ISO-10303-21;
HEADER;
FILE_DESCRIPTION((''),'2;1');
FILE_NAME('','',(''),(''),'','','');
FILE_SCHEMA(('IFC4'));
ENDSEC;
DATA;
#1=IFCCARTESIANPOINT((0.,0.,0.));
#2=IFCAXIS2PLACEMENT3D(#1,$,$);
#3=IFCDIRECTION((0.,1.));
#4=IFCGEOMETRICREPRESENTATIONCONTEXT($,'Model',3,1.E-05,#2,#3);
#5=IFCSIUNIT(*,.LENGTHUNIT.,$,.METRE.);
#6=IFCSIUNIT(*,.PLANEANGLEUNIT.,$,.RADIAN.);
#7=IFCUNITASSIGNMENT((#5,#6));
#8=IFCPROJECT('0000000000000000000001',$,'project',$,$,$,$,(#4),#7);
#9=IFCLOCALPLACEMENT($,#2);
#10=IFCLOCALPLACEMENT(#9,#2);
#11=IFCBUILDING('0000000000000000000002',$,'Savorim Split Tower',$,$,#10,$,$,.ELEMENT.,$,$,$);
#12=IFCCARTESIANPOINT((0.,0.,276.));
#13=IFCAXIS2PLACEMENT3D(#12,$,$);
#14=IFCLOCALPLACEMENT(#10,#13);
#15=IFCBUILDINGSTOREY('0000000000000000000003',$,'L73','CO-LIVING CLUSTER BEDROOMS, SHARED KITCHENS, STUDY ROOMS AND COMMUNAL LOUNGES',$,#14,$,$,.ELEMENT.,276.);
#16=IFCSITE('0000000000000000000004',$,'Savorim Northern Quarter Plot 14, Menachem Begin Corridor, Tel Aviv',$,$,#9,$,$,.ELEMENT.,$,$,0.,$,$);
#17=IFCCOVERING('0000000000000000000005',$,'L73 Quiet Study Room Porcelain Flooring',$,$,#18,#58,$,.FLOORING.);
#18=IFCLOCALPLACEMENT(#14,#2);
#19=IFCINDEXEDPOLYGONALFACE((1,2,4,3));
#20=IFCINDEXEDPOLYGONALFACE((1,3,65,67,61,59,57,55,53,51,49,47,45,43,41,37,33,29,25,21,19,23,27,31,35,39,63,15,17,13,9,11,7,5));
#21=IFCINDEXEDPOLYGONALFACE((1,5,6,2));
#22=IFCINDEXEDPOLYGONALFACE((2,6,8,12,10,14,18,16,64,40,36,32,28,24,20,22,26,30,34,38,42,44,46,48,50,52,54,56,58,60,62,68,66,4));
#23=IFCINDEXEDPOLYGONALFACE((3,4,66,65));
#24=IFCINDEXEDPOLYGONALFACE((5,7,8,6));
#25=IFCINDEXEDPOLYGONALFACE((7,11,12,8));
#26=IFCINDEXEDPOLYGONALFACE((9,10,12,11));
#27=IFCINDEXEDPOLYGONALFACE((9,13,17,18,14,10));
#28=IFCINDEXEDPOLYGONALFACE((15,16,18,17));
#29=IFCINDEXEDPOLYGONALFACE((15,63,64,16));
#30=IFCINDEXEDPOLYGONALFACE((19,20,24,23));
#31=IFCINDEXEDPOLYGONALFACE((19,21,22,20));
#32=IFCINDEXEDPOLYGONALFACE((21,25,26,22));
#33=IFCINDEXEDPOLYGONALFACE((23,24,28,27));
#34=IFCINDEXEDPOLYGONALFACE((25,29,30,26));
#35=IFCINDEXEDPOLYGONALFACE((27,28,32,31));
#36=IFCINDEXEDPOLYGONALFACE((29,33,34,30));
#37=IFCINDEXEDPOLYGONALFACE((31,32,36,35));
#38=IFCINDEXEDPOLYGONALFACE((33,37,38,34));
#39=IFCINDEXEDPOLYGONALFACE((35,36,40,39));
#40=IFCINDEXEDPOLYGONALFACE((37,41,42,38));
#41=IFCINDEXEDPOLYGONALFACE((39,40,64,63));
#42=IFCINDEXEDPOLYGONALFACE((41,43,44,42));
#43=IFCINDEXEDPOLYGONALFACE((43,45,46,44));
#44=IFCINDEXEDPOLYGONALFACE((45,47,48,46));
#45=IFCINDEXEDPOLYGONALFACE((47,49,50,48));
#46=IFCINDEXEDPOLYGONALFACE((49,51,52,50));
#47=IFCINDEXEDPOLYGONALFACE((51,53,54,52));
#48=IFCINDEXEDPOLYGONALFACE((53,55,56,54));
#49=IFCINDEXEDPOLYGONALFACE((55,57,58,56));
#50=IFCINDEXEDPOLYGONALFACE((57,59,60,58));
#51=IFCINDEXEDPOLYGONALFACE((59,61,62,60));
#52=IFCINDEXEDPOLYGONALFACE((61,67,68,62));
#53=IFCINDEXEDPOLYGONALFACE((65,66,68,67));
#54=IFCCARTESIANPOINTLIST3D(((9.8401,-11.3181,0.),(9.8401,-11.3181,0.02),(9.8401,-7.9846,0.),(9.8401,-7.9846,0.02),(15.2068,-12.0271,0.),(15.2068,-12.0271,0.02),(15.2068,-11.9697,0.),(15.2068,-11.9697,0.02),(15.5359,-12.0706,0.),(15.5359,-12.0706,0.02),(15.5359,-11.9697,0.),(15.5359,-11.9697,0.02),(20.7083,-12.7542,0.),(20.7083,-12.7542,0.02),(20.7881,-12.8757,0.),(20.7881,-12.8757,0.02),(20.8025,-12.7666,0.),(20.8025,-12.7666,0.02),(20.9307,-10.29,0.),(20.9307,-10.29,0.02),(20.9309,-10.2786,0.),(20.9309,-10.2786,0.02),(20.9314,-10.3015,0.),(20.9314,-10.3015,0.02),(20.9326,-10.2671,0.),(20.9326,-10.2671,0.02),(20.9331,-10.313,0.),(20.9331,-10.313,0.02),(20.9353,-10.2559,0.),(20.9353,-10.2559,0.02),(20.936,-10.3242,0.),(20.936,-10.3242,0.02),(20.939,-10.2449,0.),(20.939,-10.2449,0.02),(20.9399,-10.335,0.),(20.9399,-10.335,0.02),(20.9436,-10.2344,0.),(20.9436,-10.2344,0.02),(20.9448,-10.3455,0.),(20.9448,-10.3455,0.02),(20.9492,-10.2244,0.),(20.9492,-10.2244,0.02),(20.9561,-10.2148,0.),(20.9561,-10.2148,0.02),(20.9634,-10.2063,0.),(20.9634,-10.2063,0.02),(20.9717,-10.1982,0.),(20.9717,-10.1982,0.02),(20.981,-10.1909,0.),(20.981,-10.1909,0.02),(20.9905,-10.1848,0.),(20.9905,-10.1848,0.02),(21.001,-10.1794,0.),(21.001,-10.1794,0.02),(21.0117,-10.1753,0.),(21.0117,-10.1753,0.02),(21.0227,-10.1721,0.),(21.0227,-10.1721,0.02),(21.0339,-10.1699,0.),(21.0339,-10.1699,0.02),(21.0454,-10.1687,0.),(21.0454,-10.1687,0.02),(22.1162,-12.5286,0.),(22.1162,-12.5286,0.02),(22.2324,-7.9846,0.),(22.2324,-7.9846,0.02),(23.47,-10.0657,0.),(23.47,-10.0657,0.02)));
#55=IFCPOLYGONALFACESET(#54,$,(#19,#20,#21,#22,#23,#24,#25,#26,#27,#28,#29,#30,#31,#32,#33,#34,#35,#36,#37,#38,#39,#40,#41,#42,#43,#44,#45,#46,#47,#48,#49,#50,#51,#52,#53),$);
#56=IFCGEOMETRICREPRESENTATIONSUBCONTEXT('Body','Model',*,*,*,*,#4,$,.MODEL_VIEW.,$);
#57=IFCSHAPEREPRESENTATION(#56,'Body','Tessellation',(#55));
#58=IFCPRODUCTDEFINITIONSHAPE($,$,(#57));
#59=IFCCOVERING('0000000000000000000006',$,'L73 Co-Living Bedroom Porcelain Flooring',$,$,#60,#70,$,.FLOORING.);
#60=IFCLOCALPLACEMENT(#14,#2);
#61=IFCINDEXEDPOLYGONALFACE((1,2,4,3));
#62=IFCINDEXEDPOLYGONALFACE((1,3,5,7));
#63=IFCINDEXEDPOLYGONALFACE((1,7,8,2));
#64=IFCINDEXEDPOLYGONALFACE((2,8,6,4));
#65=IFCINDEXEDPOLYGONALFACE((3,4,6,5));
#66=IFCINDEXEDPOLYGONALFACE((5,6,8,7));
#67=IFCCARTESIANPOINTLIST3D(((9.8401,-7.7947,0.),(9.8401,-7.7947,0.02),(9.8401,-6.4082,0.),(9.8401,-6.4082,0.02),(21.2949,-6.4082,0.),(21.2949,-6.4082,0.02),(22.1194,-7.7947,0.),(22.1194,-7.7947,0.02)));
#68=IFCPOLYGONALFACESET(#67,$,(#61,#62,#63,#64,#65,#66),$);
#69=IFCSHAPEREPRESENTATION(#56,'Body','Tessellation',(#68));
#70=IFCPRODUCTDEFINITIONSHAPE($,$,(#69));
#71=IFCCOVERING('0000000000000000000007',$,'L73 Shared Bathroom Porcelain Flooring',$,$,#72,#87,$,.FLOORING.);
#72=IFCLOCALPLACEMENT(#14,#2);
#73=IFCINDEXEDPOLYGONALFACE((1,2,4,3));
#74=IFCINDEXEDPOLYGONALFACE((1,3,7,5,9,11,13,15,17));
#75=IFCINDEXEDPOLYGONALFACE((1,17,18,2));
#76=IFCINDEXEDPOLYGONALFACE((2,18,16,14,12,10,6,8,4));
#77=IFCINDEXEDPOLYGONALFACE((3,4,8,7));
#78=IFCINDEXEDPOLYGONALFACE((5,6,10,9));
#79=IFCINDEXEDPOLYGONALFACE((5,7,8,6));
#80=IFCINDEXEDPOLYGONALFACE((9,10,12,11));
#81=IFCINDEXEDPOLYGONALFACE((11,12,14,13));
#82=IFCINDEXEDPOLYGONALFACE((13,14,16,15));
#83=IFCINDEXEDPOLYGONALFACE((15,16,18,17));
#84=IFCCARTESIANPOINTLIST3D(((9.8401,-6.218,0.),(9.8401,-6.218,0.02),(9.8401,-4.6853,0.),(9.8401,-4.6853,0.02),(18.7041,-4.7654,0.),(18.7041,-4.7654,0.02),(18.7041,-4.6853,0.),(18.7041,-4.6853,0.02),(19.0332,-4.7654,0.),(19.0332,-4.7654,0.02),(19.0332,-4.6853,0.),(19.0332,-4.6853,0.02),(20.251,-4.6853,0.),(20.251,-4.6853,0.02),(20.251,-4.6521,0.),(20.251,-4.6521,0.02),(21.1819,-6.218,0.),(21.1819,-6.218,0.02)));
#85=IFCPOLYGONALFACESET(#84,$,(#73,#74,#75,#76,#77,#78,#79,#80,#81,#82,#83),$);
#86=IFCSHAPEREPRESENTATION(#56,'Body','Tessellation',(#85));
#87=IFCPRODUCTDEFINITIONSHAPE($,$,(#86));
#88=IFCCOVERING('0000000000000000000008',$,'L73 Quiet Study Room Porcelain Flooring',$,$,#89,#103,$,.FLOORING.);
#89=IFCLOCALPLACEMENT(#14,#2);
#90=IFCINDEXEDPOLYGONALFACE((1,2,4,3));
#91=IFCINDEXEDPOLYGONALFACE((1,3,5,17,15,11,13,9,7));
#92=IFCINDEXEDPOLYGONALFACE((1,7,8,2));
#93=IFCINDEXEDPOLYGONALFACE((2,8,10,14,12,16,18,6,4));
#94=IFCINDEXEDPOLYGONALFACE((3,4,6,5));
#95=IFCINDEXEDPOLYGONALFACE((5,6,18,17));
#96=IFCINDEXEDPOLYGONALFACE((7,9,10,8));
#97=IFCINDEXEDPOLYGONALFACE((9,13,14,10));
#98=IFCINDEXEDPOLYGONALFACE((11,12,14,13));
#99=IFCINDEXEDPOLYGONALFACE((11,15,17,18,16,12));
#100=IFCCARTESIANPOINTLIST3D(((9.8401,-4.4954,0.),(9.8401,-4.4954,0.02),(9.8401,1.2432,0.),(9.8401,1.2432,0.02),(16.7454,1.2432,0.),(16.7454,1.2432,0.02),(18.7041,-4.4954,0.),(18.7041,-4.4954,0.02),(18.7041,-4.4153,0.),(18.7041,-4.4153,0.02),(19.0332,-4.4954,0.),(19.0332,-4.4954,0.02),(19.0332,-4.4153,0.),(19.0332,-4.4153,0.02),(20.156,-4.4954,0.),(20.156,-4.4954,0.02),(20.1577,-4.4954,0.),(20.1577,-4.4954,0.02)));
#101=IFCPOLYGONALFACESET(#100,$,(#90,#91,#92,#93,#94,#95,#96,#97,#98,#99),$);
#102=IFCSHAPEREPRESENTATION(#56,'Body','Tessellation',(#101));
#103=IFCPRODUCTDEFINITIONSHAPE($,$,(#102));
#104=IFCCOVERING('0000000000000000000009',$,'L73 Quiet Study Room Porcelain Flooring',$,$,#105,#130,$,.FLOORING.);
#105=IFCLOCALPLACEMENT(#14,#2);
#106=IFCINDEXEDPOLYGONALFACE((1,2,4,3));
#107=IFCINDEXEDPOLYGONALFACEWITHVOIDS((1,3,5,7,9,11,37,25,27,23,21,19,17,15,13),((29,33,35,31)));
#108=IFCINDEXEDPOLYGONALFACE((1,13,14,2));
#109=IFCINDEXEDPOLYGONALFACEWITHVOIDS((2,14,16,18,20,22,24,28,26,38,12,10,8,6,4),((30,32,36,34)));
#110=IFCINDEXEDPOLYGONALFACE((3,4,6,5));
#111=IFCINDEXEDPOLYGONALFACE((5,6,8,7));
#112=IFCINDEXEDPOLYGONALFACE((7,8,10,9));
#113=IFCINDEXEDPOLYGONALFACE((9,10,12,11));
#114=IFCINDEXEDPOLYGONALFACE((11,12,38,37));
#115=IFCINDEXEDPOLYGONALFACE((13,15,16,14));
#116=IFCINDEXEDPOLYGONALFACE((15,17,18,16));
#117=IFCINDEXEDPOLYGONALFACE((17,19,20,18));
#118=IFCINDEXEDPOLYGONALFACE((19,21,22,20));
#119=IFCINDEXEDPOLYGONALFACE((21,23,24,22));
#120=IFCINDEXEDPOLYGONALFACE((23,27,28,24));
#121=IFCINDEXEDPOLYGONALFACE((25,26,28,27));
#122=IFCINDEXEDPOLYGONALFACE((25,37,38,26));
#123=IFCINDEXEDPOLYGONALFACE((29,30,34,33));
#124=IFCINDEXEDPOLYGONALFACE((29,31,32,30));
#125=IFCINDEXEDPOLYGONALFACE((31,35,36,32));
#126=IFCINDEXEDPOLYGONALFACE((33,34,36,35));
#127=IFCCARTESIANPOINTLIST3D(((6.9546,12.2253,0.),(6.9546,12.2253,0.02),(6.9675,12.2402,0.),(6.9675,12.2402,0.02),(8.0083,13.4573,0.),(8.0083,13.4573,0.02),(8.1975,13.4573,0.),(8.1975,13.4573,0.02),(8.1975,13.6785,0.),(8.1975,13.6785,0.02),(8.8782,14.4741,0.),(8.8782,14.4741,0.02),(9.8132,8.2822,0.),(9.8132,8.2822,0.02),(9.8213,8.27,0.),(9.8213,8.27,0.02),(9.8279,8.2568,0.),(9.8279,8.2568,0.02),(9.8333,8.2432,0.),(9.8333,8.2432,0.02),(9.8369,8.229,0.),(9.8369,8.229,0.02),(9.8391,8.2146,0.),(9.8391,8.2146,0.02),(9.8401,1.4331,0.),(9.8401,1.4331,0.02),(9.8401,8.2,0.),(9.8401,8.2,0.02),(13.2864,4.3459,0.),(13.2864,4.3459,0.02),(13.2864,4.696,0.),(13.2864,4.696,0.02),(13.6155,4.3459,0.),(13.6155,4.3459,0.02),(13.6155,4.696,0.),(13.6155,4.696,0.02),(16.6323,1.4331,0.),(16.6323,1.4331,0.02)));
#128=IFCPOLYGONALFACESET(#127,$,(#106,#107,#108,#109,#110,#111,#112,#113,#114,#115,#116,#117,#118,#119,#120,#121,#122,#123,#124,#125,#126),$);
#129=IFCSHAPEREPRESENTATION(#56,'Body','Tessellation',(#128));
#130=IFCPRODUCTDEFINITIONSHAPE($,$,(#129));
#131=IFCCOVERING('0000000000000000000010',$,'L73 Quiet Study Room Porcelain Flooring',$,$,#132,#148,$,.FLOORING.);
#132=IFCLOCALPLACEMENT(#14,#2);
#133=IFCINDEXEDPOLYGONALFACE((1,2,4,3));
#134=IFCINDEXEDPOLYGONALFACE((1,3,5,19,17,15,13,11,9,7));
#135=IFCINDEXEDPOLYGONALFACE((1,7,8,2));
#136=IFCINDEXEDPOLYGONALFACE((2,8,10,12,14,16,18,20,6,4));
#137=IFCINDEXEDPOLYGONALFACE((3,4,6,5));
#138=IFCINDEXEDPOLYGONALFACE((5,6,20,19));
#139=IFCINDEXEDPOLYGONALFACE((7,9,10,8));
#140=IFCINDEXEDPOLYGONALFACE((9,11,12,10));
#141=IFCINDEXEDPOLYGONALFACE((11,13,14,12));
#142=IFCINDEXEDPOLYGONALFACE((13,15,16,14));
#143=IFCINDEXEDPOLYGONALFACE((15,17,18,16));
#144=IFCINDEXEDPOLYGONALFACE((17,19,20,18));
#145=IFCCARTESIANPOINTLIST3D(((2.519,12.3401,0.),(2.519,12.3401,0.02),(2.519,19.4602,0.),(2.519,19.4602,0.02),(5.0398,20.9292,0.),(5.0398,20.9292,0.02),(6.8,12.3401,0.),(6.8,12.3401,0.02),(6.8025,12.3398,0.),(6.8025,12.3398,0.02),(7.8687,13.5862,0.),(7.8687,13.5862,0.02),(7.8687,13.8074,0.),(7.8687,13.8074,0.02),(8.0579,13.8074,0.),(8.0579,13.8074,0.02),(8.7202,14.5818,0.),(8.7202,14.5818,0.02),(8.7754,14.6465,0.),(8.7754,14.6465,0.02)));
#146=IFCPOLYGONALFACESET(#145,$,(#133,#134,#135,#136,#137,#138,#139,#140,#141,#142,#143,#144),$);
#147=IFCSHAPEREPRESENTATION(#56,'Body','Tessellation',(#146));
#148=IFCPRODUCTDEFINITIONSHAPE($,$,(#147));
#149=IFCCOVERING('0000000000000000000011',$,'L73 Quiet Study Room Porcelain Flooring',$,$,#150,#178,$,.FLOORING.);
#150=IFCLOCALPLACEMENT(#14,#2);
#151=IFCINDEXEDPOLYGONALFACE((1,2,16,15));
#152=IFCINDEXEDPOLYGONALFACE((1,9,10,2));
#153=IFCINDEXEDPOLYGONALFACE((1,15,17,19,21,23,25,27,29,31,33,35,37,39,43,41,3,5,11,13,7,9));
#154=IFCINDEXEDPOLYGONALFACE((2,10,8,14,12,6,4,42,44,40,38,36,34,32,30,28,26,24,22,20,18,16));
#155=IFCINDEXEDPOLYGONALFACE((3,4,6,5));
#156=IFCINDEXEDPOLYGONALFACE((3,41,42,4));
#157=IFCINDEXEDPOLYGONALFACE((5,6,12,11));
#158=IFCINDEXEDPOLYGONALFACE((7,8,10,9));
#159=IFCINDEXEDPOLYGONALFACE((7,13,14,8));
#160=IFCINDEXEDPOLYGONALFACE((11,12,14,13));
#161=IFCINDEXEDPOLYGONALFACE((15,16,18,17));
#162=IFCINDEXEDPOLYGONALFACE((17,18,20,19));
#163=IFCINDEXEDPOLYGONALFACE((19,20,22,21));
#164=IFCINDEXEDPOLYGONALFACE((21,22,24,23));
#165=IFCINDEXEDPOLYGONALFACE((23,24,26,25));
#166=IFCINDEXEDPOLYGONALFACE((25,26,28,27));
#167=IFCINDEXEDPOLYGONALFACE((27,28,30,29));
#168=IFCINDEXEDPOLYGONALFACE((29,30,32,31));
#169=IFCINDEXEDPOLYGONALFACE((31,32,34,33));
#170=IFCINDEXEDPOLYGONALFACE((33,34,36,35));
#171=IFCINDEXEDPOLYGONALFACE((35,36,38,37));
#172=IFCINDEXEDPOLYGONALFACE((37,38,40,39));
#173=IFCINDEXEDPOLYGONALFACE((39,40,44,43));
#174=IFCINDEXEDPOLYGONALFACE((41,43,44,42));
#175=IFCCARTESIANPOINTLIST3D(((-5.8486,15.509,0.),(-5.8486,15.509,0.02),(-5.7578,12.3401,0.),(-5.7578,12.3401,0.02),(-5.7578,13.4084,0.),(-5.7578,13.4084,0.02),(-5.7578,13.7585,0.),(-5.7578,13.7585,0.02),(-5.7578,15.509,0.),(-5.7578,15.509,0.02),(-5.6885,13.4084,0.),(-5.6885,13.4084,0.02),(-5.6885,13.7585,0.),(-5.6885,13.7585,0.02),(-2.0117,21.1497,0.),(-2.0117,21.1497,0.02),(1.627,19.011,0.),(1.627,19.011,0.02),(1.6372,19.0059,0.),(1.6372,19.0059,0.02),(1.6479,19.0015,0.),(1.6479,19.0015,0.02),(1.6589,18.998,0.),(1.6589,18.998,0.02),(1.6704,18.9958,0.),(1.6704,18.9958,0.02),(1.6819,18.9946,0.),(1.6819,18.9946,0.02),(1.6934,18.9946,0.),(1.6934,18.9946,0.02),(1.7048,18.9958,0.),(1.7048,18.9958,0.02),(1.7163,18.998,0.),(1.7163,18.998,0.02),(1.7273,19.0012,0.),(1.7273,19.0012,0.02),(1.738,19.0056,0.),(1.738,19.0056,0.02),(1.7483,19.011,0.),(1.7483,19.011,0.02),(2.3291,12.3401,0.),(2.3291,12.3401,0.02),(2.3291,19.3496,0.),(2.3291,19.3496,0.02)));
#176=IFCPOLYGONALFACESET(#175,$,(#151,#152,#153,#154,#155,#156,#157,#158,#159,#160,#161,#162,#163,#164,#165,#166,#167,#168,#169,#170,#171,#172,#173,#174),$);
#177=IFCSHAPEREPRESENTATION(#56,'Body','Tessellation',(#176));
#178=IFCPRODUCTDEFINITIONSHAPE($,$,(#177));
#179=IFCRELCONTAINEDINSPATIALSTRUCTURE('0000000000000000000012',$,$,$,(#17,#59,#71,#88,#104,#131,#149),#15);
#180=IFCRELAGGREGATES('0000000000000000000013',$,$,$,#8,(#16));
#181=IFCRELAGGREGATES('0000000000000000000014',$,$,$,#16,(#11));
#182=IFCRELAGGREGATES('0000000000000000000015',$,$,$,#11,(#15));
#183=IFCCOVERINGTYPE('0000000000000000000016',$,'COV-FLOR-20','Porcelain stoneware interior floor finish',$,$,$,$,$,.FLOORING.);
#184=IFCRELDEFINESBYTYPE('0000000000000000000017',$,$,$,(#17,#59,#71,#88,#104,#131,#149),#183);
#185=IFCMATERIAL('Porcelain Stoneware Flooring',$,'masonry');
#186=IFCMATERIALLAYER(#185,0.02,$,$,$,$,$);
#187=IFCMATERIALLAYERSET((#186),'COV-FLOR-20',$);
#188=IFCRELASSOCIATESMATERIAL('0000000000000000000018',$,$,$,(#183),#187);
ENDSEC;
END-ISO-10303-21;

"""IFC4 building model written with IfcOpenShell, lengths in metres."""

from ifc_helpers import new_model, si_unit, direction, frame, origin, place, context, subcontext, project, spatial, polyline, outline, extrude, material, layer, layer_set, type_object, element, save


model = new_model("IFC4")

# Units and contexts
model_context = context("Model", 3, precision=1e-05, world=origin(), true_north=direction((0.0, 1.0)))
body_context = subcontext(model_context, "Body", "Model", "MODEL_VIEW")
ifc_project = project(units=[si_unit("LENGTHUNIT", "METRE"), si_unit("PLANEANGLEUNIT", "RADIAN")], contexts=[model_context])

# Site, building, storey
site_placement = place(None, origin())
site = spatial("IfcSite", under=ifc_project, at=site_placement, Name="Savorim Northern Quarter Plot 14, Menachem Begin Corridor, Tel Aviv", CompositionType="ELEMENT", RefElevation=0.0)
building_placement = place(site_placement, origin())
building = spatial("IfcBuilding", under=site, at=building_placement, Name="Savorim Split Tower", CompositionType="ELEMENT")
storey_placement = place(building_placement, frame((0.0, 0.0, 276.0)))
storey = spatial("IfcBuildingStorey", under=building, at=storey_placement, Name="L73", Description="CO-LIVING CLUSTER BEDROOMS, SHARED KITCHENS, STUDY ROOMS AND COMMUNAL LOUNGES", CompositionType="ELEMENT", Elevation=276.0)

# Coverings
ifc_material_1 = material(Name="Porcelain Stoneware Flooring", Category="masonry")
ifc_layer_1 = layer(ifc_material_1, 0.02)
ifc_layer_set_1 = layer_set([ifc_layer_1], Name="COV-FLOR-20")
covering_type_1 = type_object("IfcCoveringType", Name="COV-FLOR-20", Description="Porcelain stoneware interior floor finish", PredefinedType="FLOORING", material=ifc_layer_set_1)
covering_1_placement = place(storey_placement, origin())
element("IfcCovering", 1, at=covering_1_placement, inside=storey, type_object=covering_type_1, Name="L73 Quiet Study Room Porcelain Flooring", PredefinedType="FLOORING", context=body_context, shape_type="SweptSolid", body=[
    extrude(outline(polyline([(21.0227, -10.1721), (21.0339, -10.1699), (21.0454, -10.1687), (23.47, -10.0657), (22.2324, -7.9846), (9.8401, -7.9846), (9.8401, -11.3181), (15.2068, -12.0271), (15.2068, -11.9697), (15.5359, -11.9697), (15.5359, -12.0706), (20.7083, -12.7542), (20.8025, -12.7666), (20.7881, -12.8757), (22.1162, -12.5286), (20.9448, -10.3455), (20.9399, -10.335), (20.936, -10.3242), (20.9331, -10.313), (20.9314, -10.3015), (20.9307, -10.29), (20.9309, -10.2786), (20.9326, -10.2671), (20.9353, -10.2559), (20.939, -10.2449), (20.9436, -10.2344), (20.9492, -10.2244), (20.9561, -10.2148), (20.9634, -10.2063), (20.9717, -10.1982), (20.981, -10.1909), (20.9905, -10.1848), (21.001, -10.1794), (21.0117, -10.1753), (21.0227, -10.1721)])), origin(), (0.0, 0.0, 1.0), 0.02),
])
covering_2_placement = place(storey_placement, origin())
element("IfcCovering", 2, at=covering_2_placement, inside=storey, type_object=covering_type_1, Name="L73 Co-Living Bedroom Porcelain Flooring", PredefinedType="FLOORING", context=body_context, shape_type="SweptSolid", body=[
    extrude(outline(polyline([(22.1194, -7.7947), (21.2949, -6.4082), (9.8401, -6.4082), (9.8401, -7.7947), (22.1194, -7.7947)])), origin(), (0.0, 0.0, 1.0), 0.02),
])
covering_3_placement = place(storey_placement, origin())
element("IfcCovering", 3, at=covering_3_placement, inside=storey, type_object=covering_type_1, Name="L73 Shared Bathroom Porcelain Flooring", PredefinedType="FLOORING", context=body_context, shape_type="SweptSolid", body=[
    extrude(outline(polyline([(18.7041, -4.7654), (18.7041, -4.6853), (9.8401, -4.6853), (9.8401, -6.218), (21.1819, -6.218), (20.251, -4.6521), (20.251, -4.6853), (19.0332, -4.6853), (19.0332, -4.7654), (18.7041, -4.7654)])), origin(), (0.0, 0.0, 1.0), 0.02),
])
covering_4_placement = place(storey_placement, origin())
element("IfcCovering", 4, at=covering_4_placement, inside=storey, type_object=covering_type_1, Name="L73 Quiet Study Room Porcelain Flooring", PredefinedType="FLOORING", context=body_context, shape_type="SweptSolid", body=[
    extrude(outline(polyline([(19.0332, -4.4153), (19.0332, -4.4954), (20.156, -4.4954), (20.1577, -4.4954), (16.7454, 1.2432), (9.8401, 1.2432), (9.8401, -4.4954), (18.7041, -4.4954), (18.7041, -4.4153), (19.0332, -4.4153)])), origin(), (0.0, 0.0, 1.0), 0.02),
])
covering_5_placement = place(storey_placement, origin())
element("IfcCovering", 5, at=covering_5_placement, inside=storey, type_object=covering_type_1, Name="L73 Quiet Study Room Porcelain Flooring", PredefinedType="FLOORING", context=body_context, shape_type="SweptSolid", body=[
    extrude(outline(polyline([(9.8369, 8.229), (9.8391, 8.2146), (9.8401, 8.2), (9.8401, 1.4331), (16.6323, 1.4331), (8.8782, 14.4741), (8.1975, 13.6785), (8.1975, 13.4573), (8.0083, 13.4573), (6.9675, 12.2402), (6.9546, 12.2253), (9.8132, 8.2822), (9.8213, 8.27), (9.8279, 8.2568), (9.8333, 8.2432), (9.8369, 8.229)]), holes=[polyline([(13.6155, 4.3459), (13.6155, 4.696), (13.2864, 4.696), (13.2864, 4.3459), (13.6155, 4.3459)])]), origin(), (0.0, 0.0, 1.0), 0.02),
])
covering_6_placement = place(storey_placement, origin())
element("IfcCovering", 6, at=covering_6_placement, inside=storey, type_object=covering_type_1, Name="L73 Quiet Study Room Porcelain Flooring", PredefinedType="FLOORING", context=body_context, shape_type="SweptSolid", body=[
    extrude(outline(polyline([(8.7202, 14.5818), (8.7754, 14.6465), (5.0398, 20.9292), (2.519, 19.4602), (2.519, 12.3401), (6.8, 12.3401), (6.8025, 12.3398), (7.8687, 13.5862), (7.8687, 13.8074), (8.0579, 13.8074), (8.7202, 14.5818)])), origin(), (0.0, 0.0, 1.0), 0.02),
])
covering_7_placement = place(storey_placement, origin())
element("IfcCovering", 7, at=covering_7_placement, inside=storey, type_object=covering_type_1, Name="L73 Quiet Study Room Porcelain Flooring", PredefinedType="FLOORING", context=body_context, shape_type="SweptSolid", body=[
    extrude(outline(polyline([(1.6479, 19.0015), (1.6372, 19.0059), (1.627, 19.011), (-2.0117, 21.1497), (-5.8486, 15.509), (-5.7578, 15.509), (-5.7578, 13.7585), (-5.6885, 13.7585), (-5.6885, 13.4084), (-5.7578, 13.4084), (-5.7578, 12.3401), (2.3291, 12.3401), (2.3291, 19.3496), (1.7483, 19.011), (1.738, 19.0056), (1.7273, 19.0012), (1.7163, 18.998), (1.7048, 18.9958), (1.6934, 18.9946), (1.6819, 18.9946), (1.6704, 18.9958), (1.6589, 18.998), (1.6479, 19.0015)])), origin(), (0.0, 0.0, 1.0), 0.02),
])

save(model, "model.ifc")
